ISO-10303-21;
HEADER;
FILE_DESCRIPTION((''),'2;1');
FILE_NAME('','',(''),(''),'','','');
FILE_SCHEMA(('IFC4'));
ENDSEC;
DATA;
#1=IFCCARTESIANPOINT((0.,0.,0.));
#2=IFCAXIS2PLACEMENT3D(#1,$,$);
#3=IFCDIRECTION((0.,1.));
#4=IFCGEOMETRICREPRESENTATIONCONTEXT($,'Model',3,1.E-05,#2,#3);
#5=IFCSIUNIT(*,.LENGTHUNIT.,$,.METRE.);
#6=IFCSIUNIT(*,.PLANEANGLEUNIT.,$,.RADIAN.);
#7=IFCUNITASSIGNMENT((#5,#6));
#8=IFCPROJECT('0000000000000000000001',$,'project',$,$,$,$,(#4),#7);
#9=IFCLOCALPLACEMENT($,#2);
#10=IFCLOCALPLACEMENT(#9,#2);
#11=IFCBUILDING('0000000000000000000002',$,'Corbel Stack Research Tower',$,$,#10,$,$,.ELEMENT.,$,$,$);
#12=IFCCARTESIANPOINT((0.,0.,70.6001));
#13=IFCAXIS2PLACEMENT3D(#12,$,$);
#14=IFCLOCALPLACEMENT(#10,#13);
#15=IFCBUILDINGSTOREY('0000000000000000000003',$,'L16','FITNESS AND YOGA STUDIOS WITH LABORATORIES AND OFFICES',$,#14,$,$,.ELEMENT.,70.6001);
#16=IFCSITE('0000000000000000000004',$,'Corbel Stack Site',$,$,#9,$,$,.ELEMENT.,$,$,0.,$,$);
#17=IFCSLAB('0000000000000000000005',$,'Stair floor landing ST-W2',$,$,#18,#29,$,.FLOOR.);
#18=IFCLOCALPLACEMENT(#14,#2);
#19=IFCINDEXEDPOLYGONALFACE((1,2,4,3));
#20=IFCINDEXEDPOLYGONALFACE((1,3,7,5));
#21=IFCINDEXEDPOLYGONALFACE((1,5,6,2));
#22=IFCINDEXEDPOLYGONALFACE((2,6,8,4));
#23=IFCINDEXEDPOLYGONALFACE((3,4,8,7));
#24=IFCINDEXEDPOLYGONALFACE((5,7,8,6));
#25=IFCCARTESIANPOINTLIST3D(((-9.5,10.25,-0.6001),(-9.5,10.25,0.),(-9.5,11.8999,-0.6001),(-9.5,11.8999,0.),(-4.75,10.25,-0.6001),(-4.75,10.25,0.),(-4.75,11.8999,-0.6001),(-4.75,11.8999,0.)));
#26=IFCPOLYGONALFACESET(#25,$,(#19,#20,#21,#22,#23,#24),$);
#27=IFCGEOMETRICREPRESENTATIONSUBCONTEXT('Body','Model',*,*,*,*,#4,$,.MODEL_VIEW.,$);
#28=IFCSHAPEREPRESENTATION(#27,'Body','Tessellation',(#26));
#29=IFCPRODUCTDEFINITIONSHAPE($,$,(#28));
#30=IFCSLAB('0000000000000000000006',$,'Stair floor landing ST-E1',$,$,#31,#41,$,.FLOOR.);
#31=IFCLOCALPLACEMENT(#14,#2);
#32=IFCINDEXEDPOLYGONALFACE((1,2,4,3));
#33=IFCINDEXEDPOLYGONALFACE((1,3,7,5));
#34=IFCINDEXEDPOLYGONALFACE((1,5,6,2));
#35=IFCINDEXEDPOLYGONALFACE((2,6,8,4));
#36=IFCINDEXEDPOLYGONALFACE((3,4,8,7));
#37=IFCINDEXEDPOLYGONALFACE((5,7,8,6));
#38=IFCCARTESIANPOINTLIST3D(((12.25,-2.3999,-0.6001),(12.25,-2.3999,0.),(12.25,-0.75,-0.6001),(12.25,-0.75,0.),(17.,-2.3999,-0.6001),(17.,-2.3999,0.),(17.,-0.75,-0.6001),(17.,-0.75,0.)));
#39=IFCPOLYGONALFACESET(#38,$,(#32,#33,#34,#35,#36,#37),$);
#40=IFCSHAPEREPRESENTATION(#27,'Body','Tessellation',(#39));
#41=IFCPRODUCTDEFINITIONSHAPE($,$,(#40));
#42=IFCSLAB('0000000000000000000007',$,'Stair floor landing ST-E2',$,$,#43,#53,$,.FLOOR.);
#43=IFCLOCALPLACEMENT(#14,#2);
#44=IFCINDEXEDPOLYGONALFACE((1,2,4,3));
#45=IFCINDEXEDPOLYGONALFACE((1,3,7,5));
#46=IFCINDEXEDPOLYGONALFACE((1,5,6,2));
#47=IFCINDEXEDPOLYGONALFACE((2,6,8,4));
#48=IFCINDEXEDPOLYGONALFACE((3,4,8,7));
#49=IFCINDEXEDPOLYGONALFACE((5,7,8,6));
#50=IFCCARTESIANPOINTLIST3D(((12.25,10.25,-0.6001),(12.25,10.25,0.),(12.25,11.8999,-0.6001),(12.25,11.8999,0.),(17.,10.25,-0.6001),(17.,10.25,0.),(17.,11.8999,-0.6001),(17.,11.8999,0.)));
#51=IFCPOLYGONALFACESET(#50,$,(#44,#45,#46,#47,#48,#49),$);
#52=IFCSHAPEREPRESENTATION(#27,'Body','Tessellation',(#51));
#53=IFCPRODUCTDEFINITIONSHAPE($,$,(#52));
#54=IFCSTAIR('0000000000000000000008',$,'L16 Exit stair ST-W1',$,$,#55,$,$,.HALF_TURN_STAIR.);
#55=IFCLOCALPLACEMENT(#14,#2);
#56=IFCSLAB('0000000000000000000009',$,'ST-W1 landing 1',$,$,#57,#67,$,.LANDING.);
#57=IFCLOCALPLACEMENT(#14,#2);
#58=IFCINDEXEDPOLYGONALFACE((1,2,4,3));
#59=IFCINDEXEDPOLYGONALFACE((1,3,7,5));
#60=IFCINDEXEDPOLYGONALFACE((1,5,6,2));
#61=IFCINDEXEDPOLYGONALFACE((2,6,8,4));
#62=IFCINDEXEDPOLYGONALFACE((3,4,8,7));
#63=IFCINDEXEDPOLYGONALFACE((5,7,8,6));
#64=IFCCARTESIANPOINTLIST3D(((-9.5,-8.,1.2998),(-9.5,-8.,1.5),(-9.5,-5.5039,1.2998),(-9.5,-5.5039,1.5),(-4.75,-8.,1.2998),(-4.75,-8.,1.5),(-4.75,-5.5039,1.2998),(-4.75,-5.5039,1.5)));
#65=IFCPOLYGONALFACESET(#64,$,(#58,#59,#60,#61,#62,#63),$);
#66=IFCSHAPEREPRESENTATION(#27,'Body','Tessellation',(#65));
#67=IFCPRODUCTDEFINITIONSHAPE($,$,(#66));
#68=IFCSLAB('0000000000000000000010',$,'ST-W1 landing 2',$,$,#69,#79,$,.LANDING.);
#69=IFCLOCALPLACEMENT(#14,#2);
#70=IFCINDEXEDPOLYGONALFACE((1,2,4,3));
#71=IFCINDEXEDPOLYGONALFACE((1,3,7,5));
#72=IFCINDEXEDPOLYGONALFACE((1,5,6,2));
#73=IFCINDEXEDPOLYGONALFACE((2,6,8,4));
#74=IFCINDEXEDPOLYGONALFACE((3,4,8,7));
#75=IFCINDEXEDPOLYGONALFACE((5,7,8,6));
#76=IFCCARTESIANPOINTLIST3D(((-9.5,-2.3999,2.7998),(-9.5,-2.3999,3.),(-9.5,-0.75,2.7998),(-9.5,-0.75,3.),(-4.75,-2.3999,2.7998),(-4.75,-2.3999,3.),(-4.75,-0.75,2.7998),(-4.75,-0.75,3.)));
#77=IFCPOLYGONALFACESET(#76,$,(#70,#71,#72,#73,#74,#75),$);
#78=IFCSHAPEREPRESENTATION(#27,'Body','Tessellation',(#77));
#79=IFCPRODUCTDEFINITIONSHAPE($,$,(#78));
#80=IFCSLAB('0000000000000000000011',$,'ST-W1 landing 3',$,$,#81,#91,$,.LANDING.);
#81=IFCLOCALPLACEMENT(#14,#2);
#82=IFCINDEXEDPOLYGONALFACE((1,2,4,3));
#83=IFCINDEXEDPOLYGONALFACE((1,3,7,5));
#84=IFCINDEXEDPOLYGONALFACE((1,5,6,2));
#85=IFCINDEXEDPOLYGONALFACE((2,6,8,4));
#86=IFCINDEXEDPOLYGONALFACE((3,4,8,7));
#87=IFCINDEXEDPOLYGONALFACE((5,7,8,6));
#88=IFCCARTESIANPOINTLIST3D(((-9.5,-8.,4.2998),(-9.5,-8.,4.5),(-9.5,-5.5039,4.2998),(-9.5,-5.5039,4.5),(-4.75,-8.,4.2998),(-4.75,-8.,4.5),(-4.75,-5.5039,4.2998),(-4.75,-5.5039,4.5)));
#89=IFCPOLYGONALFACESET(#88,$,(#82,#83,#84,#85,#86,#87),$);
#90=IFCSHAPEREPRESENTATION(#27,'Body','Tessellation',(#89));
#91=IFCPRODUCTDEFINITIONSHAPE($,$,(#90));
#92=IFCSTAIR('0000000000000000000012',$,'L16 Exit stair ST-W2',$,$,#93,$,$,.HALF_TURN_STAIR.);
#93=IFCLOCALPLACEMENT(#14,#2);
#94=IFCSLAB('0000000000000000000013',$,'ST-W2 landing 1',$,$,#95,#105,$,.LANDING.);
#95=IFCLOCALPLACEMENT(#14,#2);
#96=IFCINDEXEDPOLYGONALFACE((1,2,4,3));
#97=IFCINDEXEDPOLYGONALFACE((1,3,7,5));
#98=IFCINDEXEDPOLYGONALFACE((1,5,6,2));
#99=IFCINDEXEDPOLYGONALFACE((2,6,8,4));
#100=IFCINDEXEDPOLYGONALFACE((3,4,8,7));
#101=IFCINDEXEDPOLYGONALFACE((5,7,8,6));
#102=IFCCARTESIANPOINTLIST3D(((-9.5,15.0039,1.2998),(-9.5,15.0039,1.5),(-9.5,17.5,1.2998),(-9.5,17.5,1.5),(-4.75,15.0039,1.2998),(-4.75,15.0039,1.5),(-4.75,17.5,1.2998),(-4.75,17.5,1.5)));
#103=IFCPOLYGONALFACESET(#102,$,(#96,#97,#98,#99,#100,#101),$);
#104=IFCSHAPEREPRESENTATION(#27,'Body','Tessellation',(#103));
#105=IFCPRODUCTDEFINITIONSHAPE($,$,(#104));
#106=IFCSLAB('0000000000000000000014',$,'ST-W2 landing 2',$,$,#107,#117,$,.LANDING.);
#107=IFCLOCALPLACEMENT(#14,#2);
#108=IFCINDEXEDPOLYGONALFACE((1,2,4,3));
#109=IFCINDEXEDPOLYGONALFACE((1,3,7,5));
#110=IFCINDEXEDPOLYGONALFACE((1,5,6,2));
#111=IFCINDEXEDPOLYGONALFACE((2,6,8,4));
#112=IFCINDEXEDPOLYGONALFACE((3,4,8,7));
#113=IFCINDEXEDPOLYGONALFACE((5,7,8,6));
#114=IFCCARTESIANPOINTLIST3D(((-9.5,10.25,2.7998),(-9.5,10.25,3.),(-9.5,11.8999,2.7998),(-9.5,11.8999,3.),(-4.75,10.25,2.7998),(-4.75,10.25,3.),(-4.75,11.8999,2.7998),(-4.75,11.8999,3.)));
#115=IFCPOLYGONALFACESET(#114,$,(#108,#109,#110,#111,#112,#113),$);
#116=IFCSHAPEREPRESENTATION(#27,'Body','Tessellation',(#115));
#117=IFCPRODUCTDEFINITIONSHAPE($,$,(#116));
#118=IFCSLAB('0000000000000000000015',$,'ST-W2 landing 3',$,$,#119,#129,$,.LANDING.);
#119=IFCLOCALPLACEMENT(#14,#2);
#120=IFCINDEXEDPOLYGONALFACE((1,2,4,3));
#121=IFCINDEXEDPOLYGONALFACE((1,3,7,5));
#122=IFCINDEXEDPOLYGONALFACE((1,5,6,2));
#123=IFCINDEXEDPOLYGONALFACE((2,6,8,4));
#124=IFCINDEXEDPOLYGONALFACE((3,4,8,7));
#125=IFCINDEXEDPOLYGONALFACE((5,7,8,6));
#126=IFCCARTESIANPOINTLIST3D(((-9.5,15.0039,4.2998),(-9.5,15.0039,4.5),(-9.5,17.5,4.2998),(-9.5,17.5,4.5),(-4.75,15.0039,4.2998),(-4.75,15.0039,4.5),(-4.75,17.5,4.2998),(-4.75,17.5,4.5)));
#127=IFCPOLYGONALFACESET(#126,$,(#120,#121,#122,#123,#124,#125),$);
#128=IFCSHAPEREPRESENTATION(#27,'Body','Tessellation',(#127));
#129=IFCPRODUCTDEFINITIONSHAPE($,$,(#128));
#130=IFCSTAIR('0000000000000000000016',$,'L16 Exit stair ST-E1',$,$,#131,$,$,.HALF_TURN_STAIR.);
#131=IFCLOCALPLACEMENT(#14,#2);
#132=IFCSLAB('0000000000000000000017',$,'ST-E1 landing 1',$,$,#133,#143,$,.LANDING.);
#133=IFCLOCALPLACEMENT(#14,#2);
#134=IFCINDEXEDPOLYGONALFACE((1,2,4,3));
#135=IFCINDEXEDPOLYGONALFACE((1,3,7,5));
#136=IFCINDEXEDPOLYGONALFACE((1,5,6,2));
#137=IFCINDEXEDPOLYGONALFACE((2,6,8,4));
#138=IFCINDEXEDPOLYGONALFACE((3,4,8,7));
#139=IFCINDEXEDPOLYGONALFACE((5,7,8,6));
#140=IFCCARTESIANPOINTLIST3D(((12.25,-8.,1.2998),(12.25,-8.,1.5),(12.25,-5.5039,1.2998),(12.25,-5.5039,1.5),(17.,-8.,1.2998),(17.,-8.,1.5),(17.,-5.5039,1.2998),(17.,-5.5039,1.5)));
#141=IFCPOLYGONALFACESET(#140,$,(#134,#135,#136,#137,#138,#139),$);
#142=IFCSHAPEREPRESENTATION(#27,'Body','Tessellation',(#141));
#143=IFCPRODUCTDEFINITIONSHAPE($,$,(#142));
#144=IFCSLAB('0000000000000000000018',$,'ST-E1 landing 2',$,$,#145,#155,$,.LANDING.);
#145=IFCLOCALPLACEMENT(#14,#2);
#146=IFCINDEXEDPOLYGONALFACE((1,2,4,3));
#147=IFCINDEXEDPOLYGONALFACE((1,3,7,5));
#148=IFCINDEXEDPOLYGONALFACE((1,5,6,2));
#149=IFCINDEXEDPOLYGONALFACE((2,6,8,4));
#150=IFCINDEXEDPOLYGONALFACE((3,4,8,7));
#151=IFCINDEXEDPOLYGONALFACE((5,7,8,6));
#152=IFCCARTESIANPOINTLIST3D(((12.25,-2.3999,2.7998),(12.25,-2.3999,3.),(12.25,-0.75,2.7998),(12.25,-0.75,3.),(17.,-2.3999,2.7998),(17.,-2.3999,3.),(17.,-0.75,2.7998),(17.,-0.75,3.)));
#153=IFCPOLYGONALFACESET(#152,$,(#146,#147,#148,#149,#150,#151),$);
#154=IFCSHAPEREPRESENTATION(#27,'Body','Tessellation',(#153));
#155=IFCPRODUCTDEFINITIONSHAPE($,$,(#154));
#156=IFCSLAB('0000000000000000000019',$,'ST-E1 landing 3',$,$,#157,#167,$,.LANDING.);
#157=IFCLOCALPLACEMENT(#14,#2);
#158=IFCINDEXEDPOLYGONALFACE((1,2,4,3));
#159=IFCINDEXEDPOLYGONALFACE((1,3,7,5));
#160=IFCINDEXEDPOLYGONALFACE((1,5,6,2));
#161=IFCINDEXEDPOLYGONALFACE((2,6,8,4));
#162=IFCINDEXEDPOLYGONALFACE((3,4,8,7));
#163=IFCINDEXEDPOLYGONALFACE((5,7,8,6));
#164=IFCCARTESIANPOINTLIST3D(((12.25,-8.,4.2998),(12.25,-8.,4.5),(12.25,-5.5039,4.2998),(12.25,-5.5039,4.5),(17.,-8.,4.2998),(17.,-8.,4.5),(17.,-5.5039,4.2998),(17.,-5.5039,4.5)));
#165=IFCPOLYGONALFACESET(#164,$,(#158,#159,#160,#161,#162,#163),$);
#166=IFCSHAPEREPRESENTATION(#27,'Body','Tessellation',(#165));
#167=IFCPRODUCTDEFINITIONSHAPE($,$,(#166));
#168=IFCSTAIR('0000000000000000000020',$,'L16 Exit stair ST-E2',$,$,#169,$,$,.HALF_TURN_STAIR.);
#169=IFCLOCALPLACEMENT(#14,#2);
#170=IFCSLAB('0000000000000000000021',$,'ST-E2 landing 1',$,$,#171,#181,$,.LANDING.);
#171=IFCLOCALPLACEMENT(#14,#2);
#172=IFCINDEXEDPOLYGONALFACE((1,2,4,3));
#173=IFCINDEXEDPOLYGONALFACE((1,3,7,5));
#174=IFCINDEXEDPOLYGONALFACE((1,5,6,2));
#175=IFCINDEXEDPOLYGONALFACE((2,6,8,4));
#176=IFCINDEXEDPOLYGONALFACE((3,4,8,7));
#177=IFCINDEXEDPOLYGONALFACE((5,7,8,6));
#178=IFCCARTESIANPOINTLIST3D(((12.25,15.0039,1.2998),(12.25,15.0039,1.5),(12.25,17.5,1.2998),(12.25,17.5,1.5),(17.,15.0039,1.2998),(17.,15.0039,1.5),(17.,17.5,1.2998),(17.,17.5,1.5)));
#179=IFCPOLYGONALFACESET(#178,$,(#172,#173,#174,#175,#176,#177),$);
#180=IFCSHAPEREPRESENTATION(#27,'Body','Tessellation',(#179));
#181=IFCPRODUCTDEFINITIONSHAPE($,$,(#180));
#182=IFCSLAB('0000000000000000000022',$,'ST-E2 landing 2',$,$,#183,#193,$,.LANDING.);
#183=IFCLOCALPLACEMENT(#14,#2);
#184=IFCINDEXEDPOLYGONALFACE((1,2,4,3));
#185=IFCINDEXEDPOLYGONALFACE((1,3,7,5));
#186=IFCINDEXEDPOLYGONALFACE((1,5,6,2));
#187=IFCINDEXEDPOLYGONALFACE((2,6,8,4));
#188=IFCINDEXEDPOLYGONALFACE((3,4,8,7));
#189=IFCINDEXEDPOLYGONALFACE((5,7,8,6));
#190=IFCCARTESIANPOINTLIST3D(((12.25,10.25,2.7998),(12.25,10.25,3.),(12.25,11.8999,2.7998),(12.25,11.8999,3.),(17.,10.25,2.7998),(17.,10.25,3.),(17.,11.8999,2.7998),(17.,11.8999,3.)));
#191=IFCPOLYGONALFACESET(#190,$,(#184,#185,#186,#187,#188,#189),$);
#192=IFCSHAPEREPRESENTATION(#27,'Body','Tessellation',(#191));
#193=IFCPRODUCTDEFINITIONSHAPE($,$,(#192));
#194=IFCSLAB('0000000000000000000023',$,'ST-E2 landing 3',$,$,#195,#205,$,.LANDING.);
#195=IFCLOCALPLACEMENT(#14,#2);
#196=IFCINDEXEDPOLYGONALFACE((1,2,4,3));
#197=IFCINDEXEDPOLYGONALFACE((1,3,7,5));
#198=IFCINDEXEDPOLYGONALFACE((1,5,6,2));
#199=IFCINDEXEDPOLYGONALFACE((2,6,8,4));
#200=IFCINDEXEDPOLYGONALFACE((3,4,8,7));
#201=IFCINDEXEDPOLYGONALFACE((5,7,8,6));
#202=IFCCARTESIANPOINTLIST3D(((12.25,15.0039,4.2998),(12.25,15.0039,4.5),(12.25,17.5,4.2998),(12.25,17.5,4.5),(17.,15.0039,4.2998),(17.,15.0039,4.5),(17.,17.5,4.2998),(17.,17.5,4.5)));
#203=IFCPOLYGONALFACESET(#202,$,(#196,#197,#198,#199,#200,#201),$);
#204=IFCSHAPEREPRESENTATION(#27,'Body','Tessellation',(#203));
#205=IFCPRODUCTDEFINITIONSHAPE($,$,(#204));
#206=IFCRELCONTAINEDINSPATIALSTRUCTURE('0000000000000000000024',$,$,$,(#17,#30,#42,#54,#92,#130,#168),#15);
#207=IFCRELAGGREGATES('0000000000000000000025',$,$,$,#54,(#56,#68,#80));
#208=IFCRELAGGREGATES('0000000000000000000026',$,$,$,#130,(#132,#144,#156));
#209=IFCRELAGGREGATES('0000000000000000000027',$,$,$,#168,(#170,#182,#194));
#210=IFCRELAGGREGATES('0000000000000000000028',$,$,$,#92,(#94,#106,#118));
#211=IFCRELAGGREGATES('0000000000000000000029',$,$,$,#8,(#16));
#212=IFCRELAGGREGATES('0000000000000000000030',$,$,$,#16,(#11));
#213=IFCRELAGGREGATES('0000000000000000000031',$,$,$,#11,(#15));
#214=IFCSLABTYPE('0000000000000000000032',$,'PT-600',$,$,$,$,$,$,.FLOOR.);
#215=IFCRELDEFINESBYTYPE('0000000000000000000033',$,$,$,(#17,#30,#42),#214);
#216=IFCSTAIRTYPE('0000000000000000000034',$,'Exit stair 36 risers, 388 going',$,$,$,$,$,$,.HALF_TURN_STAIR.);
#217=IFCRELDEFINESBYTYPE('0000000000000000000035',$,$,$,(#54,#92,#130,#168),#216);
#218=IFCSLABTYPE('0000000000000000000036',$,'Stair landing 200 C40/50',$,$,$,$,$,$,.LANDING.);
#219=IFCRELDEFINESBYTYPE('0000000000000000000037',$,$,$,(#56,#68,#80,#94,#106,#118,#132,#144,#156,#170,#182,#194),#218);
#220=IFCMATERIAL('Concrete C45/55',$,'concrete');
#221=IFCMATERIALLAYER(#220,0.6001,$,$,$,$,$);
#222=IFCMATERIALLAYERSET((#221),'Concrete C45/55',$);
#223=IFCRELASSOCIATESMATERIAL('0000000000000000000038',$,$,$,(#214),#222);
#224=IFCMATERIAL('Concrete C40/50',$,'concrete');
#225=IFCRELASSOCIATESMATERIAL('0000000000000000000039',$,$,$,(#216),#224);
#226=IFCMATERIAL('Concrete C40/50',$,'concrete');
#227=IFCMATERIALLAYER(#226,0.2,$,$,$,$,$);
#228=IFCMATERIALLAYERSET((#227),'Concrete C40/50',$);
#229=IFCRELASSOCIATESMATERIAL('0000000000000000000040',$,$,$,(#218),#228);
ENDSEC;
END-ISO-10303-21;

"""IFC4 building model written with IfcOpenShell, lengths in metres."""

from ifc_helpers import new_model, si_unit, direction, frame, origin, place, context, subcontext, project, spatial, polyline, outline, extrude, material, layer, layer_set, type_object, element, aggregate, save


model = new_model("IFC4")

# Units and contexts
model_context = context("Model", 3, precision=1e-05, world=origin(), true_north=direction((0.0, 1.0)))
body_context = subcontext(model_context, "Body", "Model", "MODEL_VIEW")
ifc_project = project(units=[si_unit("LENGTHUNIT", "METRE"), si_unit("PLANEANGLEUNIT", "RADIAN")], contexts=[model_context])

# Site, building, storey
site_placement = place(None, origin())
site = spatial("IfcSite", under=ifc_project, at=site_placement, Name="Corbel Stack Site", CompositionType="ELEMENT", RefElevation=0.0)
building_placement = place(site_placement, origin())
building = spatial("IfcBuilding", under=site, at=building_placement, Name="Corbel Stack Research Tower", CompositionType="ELEMENT")
storey_placement = place(building_placement, frame((0.0, 0.0, 70.6001)))
storey = spatial("IfcBuildingStorey", under=building, at=storey_placement, Name="L16", Description="FITNESS AND YOGA STUDIOS WITH LABORATORIES AND OFFICES", CompositionType="ELEMENT", Elevation=70.6001)

# Slabs
ifc_material_1 = material(Name="Concrete C45/55", Category="concrete")
ifc_layer_1 = layer(ifc_material_1, 0.6001)
ifc_layer_set_1 = layer_set([ifc_layer_1], Name="Concrete C45/55")
slab_type_1 = type_object("IfcSlabType", Name="PT-600", PredefinedType="FLOOR", material=ifc_layer_set_1)
slab_1_placement = place(storey_placement, frame((0.0, 0.0, -0.6001)))
element("IfcSlab", 1, at=slab_1_placement, inside=storey, type_object=slab_type_1, Name="Stair floor landing ST-W2", PredefinedType="FLOOR", context=body_context, shape_type="SweptSolid", body=[
    extrude(outline(polyline([(-9.5, 10.25), (-4.75, 10.25), (-4.75, 11.8999), (-9.5, 11.8999), (-9.5, 10.25)])), origin(), (0.0, 0.0, 1.0), 0.6001),
])
slab_2_placement = place(storey_placement, frame((0.0, 0.0, -0.6001)))
element("IfcSlab", 2, at=slab_2_placement, inside=storey, type_object=slab_type_1, Name="Stair floor landing ST-E1", PredefinedType="FLOOR", context=body_context, shape_type="SweptSolid", body=[
    extrude(outline(polyline([(12.25, -2.3999), (17.0, -2.3999), (17.0, -0.75), (12.25, -0.75), (12.25, -2.3999)])), origin(), (0.0, 0.0, 1.0), 0.6001),
])
slab_3_placement = place(storey_placement, frame((0.0, 0.0, -0.6001)))
element("IfcSlab", 3, at=slab_3_placement, inside=storey, type_object=slab_type_1, Name="Stair floor landing ST-E2", PredefinedType="FLOOR", context=body_context, shape_type="SweptSolid", body=[
    extrude(outline(polyline([(12.25, 10.25), (17.0, 10.25), (17.0, 11.8999), (12.25, 11.8999), (12.25, 10.25)])), origin(), (0.0, 0.0, 1.0), 0.6001),
])

# Stairs, slabs
ifc_material_2 = material(Name="Concrete C40/50", Category="concrete")
stair_type = type_object("IfcStairType", Name="Exit stair 36 risers, 388 going", PredefinedType="HALF_TURN_STAIR", material=ifc_material_2)
stair_1_placement = place(storey_placement, origin())
stair_1 = element("IfcStair", 4, at=stair_1_placement, inside=storey, type_object=stair_type, Name="L16 Exit stair ST-W1", PredefinedType="HALF_TURN_STAIR")
ifc_material_3 = material(Name="Concrete C40/50", Category="concrete")
ifc_layer_2 = layer(ifc_material_3, 0.2)
ifc_layer_set_2 = layer_set([ifc_layer_2], Name="Concrete C40/50")
slab_type_2 = type_object("IfcSlabType", Name="Stair landing 200 C40/50", PredefinedType="LANDING", material=ifc_layer_set_2)
slab_4_placement = place(storey_placement, frame((0.0, 0.0, 1.2998)))
slab_4 = element("IfcSlab", 5, at=slab_4_placement, type_object=slab_type_2, Name="ST-W1 landing 1", PredefinedType="LANDING", context=body_context, shape_type="SweptSolid", body=[
    extrude(outline(polyline([(-9.5, -8.0), (-9.5, -5.5039), (-4.75, -5.5039), (-4.75, -8.0), (-9.5, -8.0)])), origin(), (0.0, 0.0, 1.0), 0.2002),
])
slab_5_placement = place(storey_placement, frame((0.0, 0.0, 2.7998)))
slab_5 = element("IfcSlab", 6, at=slab_5_placement, type_object=slab_type_2, Name="ST-W1 landing 2", PredefinedType="LANDING", context=body_context, shape_type="SweptSolid", body=[
    extrude(outline(polyline([(-9.5, -2.3999), (-9.5, -0.75), (-4.75, -0.75), (-4.75, -2.3999), (-9.5, -2.3999)])), origin(), (0.0, 0.0, 1.0), 0.2002),
])
slab_6_placement = place(storey_placement, frame((0.0, 0.0, 4.2998)))
slab_6 = element("IfcSlab", 7, at=slab_6_placement, type_object=slab_type_2, Name="ST-W1 landing 3", PredefinedType="LANDING", context=body_context, shape_type="SweptSolid", body=[
    extrude(outline(polyline([(-9.5, -8.0), (-9.5, -5.5039), (-4.75, -5.5039), (-4.75, -8.0), (-9.5, -8.0)])), origin(), (0.0, 0.0, 1.0), 0.2002),
])
aggregate(stair_1, [slab_4, slab_5, slab_6])
stair_2_placement = place(storey_placement, origin())
stair_2 = element("IfcStair", 8, at=stair_2_placement, inside=storey, type_object=stair_type, Name="L16 Exit stair ST-W2", PredefinedType="HALF_TURN_STAIR")
slab_7_placement = place(storey_placement, frame((0.0, 0.0, 1.2998)))
slab_7 = element("IfcSlab", 9, at=slab_7_placement, type_object=slab_type_2, Name="ST-W2 landing 1", PredefinedType="LANDING", context=body_context, shape_type="SweptSolid", body=[
    extrude(outline(polyline([(-9.5, 15.0039), (-9.5, 17.5), (-4.75, 17.5), (-4.75, 15.0039), (-9.5, 15.0039)])), origin(), (0.0, 0.0, 1.0), 0.2002),
])
slab_8_placement = place(storey_placement, frame((0.0, 0.0, 2.7998)))
slab_8 = element("IfcSlab", 10, at=slab_8_placement, type_object=slab_type_2, Name="ST-W2 landing 2", PredefinedType="LANDING", context=body_context, shape_type="SweptSolid", body=[
    extrude(outline(polyline([(-9.5, 10.25), (-9.5, 11.8999), (-4.75, 11.8999), (-4.75, 10.25), (-9.5, 10.25)])), origin(), (0.0, 0.0, 1.0), 0.2002),
])
slab_9_placement = place(storey_placement, frame((0.0, 0.0, 4.2998)))
slab_9 = element("IfcSlab", 11, at=slab_9_placement, type_object=slab_type_2, Name="ST-W2 landing 3", PredefinedType="LANDING", context=body_context, shape_type="SweptSolid", body=[
    extrude(outline(polyline([(-9.5, 15.0039), (-9.5, 17.5), (-4.75, 17.5), (-4.75, 15.0039), (-9.5, 15.0039)])), origin(), (0.0, 0.0, 1.0), 0.2002),
])
stair_3_placement = place(storey_placement, origin())
stair_3 = element("IfcStair", 12, at=stair_3_placement, inside=storey, type_object=stair_type, Name="L16 Exit stair ST-E1", PredefinedType="HALF_TURN_STAIR")
slab_10_placement = place(storey_placement, frame((0.0, 0.0, 1.2998)))
slab_10 = element("IfcSlab", 13, at=slab_10_placement, type_object=slab_type_2, Name="ST-E1 landing 1", PredefinedType="LANDING", context=body_context, shape_type="SweptSolid", body=[
    extrude(outline(polyline([(12.25, -8.0), (12.25, -5.5039), (17.0, -5.5039), (17.0, -8.0), (12.25, -8.0)])), origin(), (0.0, 0.0, 1.0), 0.2002),
])
slab_11_placement = place(storey_placement, frame((0.0, 0.0, 2.7998)))
slab_11 = element("IfcSlab", 14, at=slab_11_placement, type_object=slab_type_2, Name="ST-E1 landing 2", PredefinedType="LANDING", context=body_context, shape_type="SweptSolid", body=[
    extrude(outline(polyline([(12.25, -2.3999), (12.25, -0.75), (17.0, -0.75), (17.0, -2.3999), (12.25, -2.3999)])), origin(), (0.0, 0.0, 1.0), 0.2002),
])
slab_12_placement = place(storey_placement, frame((0.0, 0.0, 4.2998)))
slab_12 = element("IfcSlab", 15, at=slab_12_placement, type_object=slab_type_2, Name="ST-E1 landing 3", PredefinedType="LANDING", context=body_context, shape_type="SweptSolid", body=[
    extrude(outline(polyline([(12.25, -8.0), (12.25, -5.5039), (17.0, -5.5039), (17.0, -8.0), (12.25, -8.0)])), origin(), (0.0, 0.0, 1.0), 0.2002),
])
aggregate(stair_3, [slab_10, slab_11, slab_12])
stair_4_placement = place(storey_placement, origin())
stair_4 = element("IfcStair", 16, at=stair_4_placement, inside=storey, type_object=stair_type, Name="L16 Exit stair ST-E2", PredefinedType="HALF_TURN_STAIR")
slab_13_placement = place(storey_placement, frame((0.0, 0.0, 1.2998)))
slab_13 = element("IfcSlab", 17, at=slab_13_placement, type_object=slab_type_2, Name="ST-E2 landing 1", PredefinedType="LANDING", context=body_context, shape_type="SweptSolid", body=[
    extrude(outline(polyline([(12.25, 15.0039), (12.25, 17.5), (17.0, 17.5), (17.0, 15.0039), (12.25, 15.0039)])), origin(), (0.0, 0.0, 1.0), 0.2002),
])
slab_14_placement = place(storey_placement, frame((0.0, 0.0, 2.7998)))
slab_14 = element("IfcSlab", 18, at=slab_14_placement, type_object=slab_type_2, Name="ST-E2 landing 2", PredefinedType="LANDING", context=body_context, shape_type="SweptSolid", body=[
    extrude(outline(polyline([(12.25, 10.25), (12.25, 11.8999), (17.0, 11.8999), (17.0, 10.25), (12.25, 10.25)])), origin(), (0.0, 0.0, 1.0), 0.2002),
])
slab_15_placement = place(storey_placement, frame((0.0, 0.0, 4.2998)))
slab_15 = element("IfcSlab", 19, at=slab_15_placement, type_object=slab_type_2, Name="ST-E2 landing 3", PredefinedType="LANDING", context=body_context, shape_type="SweptSolid", body=[
    extrude(outline(polyline([(12.25, 15.0039), (12.25, 17.5), (17.0, 17.5), (17.0, 15.0039), (12.25, 15.0039)])), origin(), (0.0, 0.0, 1.0), 0.2002),
])
aggregate(stair_4, [slab_13, slab_14, slab_15])

aggregate(stair_2, [slab_7, slab_8, slab_9])

save(model, "model.ifc")
